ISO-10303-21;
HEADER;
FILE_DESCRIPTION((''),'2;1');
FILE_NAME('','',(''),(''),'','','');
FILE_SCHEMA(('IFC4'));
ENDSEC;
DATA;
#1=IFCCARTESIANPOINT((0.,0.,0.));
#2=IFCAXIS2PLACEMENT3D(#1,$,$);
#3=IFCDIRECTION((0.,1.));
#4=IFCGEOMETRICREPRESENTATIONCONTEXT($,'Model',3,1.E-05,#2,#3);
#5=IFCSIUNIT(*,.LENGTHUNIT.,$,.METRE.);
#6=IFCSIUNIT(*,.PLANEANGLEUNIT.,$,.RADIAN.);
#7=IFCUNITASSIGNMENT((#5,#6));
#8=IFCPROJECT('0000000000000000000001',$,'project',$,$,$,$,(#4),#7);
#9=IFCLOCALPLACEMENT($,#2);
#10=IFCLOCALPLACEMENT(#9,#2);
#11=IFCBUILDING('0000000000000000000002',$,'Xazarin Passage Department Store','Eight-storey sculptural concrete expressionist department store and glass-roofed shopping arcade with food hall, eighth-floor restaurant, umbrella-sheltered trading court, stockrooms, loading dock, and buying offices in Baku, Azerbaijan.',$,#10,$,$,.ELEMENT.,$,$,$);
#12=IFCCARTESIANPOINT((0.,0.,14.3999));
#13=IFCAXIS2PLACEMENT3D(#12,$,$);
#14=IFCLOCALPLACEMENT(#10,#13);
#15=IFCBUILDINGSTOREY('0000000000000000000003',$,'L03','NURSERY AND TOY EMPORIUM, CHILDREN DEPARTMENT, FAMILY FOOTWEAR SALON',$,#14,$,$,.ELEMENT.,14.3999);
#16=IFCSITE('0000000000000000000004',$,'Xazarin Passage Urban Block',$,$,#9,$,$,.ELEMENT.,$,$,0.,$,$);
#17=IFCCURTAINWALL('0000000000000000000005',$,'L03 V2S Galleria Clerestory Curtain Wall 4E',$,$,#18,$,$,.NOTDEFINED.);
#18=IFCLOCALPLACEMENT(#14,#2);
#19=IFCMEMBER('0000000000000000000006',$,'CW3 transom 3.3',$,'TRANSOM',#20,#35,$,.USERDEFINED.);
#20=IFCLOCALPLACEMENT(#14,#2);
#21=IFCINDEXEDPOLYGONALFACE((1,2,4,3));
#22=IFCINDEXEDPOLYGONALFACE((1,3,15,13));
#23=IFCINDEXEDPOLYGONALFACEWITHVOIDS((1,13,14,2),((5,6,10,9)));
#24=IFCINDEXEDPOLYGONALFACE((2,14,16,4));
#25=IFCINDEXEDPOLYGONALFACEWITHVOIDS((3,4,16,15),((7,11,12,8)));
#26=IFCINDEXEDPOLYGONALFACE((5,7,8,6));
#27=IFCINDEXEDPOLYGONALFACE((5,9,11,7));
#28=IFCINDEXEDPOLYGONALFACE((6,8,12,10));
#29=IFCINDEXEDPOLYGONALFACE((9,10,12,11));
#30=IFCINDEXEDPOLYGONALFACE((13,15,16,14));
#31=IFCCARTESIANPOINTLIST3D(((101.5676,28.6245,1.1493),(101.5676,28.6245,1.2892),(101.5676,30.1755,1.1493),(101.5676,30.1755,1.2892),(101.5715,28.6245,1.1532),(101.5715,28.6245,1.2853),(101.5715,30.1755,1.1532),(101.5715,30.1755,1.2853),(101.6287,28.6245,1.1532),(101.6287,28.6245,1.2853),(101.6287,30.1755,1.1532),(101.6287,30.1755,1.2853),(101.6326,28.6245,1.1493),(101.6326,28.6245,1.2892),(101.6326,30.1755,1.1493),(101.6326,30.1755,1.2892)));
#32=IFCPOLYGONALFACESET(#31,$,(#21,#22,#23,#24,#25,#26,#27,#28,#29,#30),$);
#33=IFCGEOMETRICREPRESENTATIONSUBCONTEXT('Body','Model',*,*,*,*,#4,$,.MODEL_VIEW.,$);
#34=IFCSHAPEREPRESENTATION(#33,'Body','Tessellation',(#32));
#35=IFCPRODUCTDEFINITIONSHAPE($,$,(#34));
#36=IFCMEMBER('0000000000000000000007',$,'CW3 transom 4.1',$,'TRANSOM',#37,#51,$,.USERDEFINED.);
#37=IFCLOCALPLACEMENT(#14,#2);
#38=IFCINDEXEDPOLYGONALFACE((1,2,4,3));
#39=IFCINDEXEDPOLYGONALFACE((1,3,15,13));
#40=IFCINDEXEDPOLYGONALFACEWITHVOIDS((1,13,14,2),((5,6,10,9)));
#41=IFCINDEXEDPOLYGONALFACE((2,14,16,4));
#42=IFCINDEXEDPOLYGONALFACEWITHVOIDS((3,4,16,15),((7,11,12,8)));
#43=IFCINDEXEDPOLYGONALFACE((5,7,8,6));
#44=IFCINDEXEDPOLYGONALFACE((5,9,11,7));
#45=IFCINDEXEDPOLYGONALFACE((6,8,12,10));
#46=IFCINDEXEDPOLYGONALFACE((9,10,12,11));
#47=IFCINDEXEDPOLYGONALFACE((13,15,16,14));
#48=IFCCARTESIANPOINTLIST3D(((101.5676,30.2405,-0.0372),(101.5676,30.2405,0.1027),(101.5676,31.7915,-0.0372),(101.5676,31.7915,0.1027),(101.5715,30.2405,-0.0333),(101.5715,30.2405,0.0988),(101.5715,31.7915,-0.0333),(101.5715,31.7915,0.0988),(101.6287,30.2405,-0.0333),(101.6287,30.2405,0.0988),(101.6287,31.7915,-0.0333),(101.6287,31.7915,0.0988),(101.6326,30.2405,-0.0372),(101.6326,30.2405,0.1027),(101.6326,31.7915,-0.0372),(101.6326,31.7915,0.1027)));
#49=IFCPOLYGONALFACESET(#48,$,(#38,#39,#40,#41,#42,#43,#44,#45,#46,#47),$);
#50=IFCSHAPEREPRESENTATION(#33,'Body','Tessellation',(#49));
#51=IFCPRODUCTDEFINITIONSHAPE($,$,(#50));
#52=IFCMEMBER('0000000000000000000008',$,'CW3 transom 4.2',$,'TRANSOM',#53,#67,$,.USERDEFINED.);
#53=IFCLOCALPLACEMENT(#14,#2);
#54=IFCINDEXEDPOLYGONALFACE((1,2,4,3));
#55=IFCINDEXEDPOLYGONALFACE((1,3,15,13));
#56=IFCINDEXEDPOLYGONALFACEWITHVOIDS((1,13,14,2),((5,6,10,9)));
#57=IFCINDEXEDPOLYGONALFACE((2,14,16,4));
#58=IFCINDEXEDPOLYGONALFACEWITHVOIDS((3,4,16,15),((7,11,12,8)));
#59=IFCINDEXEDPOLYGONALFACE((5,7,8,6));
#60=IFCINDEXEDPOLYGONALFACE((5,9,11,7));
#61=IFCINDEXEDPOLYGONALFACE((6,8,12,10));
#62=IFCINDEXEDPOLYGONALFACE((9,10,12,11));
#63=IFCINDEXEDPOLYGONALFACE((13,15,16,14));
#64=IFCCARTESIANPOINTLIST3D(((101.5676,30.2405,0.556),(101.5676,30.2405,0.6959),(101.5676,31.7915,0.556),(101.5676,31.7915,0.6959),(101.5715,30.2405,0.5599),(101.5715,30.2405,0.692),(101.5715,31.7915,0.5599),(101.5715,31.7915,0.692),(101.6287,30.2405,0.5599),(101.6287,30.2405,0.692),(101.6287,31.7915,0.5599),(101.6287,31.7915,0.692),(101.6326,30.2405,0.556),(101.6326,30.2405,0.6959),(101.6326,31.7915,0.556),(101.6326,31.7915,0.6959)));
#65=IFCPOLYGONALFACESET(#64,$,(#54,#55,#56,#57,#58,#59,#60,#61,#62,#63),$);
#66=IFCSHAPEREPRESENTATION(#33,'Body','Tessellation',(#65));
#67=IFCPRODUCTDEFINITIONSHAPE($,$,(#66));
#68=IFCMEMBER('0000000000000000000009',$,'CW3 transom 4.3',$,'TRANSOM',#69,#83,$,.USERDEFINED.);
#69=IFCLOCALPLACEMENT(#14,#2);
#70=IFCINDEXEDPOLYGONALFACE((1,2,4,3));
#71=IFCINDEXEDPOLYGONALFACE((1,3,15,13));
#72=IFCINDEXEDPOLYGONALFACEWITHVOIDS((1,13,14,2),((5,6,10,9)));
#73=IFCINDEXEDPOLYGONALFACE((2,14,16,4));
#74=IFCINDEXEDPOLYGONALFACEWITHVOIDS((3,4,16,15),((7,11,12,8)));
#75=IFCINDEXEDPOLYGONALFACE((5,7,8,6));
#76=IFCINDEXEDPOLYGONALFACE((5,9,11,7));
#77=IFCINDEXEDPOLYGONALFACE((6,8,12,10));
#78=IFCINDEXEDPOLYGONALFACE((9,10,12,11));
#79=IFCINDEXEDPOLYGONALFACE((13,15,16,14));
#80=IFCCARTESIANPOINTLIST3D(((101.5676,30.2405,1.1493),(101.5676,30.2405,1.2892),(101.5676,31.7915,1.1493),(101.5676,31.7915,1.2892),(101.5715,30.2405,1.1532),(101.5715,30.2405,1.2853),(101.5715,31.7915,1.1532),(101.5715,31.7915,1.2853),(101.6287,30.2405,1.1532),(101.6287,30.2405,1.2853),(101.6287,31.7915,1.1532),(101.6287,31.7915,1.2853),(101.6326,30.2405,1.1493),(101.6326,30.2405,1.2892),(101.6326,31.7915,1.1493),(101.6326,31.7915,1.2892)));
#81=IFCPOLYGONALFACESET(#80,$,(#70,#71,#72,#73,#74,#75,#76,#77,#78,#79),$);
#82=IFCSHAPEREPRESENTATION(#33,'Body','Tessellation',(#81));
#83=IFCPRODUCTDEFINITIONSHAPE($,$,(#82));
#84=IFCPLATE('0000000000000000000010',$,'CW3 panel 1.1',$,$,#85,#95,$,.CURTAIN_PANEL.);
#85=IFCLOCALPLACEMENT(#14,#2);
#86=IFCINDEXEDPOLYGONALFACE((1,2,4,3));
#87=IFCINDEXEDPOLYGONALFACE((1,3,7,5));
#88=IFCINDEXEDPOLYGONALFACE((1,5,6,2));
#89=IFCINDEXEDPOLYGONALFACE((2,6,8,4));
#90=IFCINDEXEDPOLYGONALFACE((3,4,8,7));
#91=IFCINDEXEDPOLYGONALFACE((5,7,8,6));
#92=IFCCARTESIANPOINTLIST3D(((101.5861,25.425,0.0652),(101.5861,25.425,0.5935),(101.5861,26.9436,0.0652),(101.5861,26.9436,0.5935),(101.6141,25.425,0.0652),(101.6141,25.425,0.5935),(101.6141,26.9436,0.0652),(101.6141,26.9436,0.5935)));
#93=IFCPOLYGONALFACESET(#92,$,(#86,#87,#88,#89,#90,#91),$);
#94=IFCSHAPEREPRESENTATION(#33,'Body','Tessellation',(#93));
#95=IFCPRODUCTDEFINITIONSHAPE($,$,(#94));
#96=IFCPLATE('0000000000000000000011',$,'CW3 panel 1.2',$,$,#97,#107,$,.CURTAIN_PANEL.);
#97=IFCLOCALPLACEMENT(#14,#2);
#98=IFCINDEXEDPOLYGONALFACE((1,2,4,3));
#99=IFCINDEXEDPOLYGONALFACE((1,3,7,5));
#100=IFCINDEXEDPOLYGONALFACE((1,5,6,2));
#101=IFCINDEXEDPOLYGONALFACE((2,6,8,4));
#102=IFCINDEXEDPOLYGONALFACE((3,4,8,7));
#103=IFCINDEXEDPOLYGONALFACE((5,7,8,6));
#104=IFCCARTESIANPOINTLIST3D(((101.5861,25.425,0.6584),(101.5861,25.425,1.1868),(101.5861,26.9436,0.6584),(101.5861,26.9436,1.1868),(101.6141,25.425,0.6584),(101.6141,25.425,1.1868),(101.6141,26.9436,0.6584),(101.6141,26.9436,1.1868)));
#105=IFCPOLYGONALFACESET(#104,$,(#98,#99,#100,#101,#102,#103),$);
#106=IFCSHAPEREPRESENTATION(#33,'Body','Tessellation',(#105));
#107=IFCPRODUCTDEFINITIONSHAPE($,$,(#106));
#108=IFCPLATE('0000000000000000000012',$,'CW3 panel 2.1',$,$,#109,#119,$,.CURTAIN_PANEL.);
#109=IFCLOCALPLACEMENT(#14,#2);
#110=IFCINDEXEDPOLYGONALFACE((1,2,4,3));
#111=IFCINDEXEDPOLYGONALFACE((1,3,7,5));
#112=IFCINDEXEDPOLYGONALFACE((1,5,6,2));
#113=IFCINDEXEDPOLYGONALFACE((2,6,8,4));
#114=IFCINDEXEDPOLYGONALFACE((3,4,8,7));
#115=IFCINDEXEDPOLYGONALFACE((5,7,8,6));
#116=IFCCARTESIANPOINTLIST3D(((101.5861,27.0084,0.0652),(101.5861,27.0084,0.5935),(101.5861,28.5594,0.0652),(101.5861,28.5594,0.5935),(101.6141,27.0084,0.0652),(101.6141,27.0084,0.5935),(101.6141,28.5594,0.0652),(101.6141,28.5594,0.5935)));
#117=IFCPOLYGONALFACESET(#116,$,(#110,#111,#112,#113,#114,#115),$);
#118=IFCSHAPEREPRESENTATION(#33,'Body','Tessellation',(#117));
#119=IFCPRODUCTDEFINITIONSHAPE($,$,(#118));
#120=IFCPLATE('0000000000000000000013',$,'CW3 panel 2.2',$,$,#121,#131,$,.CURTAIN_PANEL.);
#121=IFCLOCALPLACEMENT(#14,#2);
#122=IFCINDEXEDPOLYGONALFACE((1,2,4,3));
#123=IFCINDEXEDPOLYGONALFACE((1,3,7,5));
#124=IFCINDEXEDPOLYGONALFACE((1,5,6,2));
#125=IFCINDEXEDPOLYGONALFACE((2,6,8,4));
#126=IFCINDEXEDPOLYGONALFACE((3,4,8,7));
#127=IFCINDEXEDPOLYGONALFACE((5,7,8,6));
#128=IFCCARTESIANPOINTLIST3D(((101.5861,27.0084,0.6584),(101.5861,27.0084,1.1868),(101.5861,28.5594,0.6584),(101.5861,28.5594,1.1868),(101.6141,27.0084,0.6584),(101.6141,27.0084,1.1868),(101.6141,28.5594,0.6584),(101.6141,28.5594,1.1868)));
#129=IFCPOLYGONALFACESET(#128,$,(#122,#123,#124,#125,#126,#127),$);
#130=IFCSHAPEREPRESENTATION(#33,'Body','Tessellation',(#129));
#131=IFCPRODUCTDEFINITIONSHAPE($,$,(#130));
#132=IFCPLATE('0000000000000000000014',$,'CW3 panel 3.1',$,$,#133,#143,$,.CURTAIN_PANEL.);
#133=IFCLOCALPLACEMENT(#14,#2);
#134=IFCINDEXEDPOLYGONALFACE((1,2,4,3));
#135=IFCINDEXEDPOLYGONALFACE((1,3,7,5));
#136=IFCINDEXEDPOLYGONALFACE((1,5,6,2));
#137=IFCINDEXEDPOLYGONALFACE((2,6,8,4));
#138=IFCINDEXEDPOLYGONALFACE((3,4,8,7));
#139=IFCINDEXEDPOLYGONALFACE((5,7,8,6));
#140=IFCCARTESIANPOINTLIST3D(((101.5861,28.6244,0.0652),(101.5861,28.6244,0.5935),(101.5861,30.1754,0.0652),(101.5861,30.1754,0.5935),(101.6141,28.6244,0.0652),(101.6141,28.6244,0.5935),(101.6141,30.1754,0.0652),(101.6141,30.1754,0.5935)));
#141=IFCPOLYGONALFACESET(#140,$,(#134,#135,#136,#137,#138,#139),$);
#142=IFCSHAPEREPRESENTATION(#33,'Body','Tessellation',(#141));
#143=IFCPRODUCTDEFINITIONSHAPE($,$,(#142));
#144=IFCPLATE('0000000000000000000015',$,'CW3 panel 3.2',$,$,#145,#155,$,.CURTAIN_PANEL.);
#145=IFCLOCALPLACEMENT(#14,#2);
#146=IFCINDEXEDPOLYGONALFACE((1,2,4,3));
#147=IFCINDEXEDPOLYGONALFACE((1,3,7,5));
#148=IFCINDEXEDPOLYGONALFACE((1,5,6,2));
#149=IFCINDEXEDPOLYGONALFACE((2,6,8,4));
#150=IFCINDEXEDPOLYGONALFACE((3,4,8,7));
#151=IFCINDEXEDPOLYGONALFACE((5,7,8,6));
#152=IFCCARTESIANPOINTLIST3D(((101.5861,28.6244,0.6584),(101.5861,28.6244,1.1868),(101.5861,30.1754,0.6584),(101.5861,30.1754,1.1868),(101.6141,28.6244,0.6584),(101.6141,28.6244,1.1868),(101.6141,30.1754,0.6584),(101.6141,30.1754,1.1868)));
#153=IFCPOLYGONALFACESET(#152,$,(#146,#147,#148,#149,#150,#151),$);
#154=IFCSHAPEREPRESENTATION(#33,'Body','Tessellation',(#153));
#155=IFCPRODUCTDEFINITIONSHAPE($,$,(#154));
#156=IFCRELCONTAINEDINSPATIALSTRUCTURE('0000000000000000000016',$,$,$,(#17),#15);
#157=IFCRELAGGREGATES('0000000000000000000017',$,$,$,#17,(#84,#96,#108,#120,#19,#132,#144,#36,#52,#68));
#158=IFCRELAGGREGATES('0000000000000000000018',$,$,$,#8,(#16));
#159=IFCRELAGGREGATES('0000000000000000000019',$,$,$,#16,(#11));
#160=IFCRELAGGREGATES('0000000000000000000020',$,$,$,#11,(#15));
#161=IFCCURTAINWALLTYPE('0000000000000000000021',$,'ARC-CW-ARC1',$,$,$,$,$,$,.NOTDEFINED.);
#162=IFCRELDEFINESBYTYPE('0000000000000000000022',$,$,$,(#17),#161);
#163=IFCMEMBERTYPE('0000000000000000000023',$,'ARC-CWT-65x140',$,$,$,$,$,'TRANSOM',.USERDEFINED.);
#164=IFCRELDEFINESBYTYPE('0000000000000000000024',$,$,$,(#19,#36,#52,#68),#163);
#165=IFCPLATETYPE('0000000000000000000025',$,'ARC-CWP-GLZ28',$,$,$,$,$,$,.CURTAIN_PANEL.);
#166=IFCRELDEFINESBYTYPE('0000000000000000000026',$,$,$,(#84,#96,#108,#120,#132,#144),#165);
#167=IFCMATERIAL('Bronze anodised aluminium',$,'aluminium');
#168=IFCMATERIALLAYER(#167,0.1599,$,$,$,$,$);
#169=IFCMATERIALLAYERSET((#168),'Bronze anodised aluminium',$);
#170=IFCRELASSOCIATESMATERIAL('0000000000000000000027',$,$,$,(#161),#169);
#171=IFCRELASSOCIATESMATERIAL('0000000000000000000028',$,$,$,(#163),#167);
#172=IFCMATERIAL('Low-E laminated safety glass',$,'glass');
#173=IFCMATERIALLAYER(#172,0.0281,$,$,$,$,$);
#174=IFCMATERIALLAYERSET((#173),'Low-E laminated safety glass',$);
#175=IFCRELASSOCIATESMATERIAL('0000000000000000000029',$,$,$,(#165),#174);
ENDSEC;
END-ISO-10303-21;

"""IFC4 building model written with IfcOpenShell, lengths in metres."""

from ifc_helpers import new_model, si_unit, direction, frame, origin, origin_2d, place, context, subcontext, project, spatial, rectangle, hollow_rectangle, extrude, material, layer, layer_set, material_profile, profile_set, type_object, element, aggregate, save


model = new_model("IFC4")

# Units and contexts
model_context = context("Model", 3, precision=1e-05, world=origin(), true_north=direction((0.0, 1.0)))
body_context = subcontext(model_context, "Body", "Model", "MODEL_VIEW")
ifc_project = project(units=[si_unit("LENGTHUNIT", "METRE"), si_unit("PLANEANGLEUNIT", "RADIAN")], contexts=[model_context])

# Site, building, storey
site_placement = place(None, origin())
site = spatial("IfcSite", under=ifc_project, at=site_placement, Name="Xazarin Passage Urban Block", CompositionType="ELEMENT", RefElevation=0.0)
building_placement = place(site_placement, origin())
building = spatial("IfcBuilding", under=site, at=building_placement, Name="Xazarin Passage Department Store", Description="Eight-storey sculptural concrete expressionist department store and glass-roofed shopping arcade with food hall, eighth-floor restaurant, umbrella-sheltered trading court, stockrooms, loading dock, and buying offices in Baku, Azerbaijan.", CompositionType="ELEMENT")
storey_placement = place(building_placement, frame((0.0, 0.0, 14.3999)))
storey = spatial("IfcBuildingStorey", under=building, at=storey_placement, Name="L03", Description="NURSERY AND TOY EMPORIUM, CHILDREN DEPARTMENT, FAMILY FOOTWEAR SALON", CompositionType="ELEMENT", Elevation=14.3999)

# Curtain wall, members, plates
ifc_material_1 = material(Name="Bronze anodised aluminium", Category="aluminium")
ifc_layer_1 = layer(ifc_material_1, 0.1599)
ifc_layer_set_1 = layer_set([ifc_layer_1], Name="Bronze anodised aluminium")
curtain_wall_type = type_object("IfcCurtainWallType", Name="ARC-CW-ARC1", PredefinedType="NOTDEFINED", material=ifc_layer_set_1)
curtain_wall_placement = place(storey_placement, origin())
curtain_wall = element("IfcCurtainWall", 1, at=curtain_wall_placement, inside=storey, type_object=curtain_wall_type, Name="L03 V2S Galleria Clerestory Curtain Wall 4E", PredefinedType="NOTDEFINED")
ifc_material_profile_1 = material_profile(ifc_material_1, hollow_rectangle(XDim=0.0649, YDim=0.1399, WallThickness=0.0039, at=origin_2d()), Name="ALU 65x140")
ifc_profile_set_1 = profile_set([ifc_material_profile_1], Name="Bronze anodised aluminium")
member_type_1 = type_object("IfcMemberType", Name="ARC-CWT-65x140", ElementType="TRANSOM", PredefinedType="USERDEFINED", material=ifc_profile_set_1)
member_1_placement = place(storey_placement, frame((101.6001, 28.6245, 1.2192), z_axis=(0.0, 1.0, 0.0), x_axis=(-1.0, 0.0, 0.0)))
member_1 = element("IfcMember", 2, at=member_1_placement, type_object=member_type_1, Name="CW3 transom 3.3", ObjectType="TRANSOM", PredefinedType="USERDEFINED", context=body_context, shape_type="SweptSolid", body=[
    extrude(hollow_rectangle(XDim=0.0649, YDim=0.1399, WallThickness=0.0039, at=origin_2d()), origin(), (0.0, 0.0, 1.0), 1.551),
])
member_2_placement = place(storey_placement, frame((101.6001, 30.2405, 0.0327), z_axis=(0.0, 1.0, 0.0), x_axis=(-1.0, 0.0, 0.0)))
member_2 = element("IfcMember", 3, at=member_2_placement, type_object=member_type_1, Name="CW3 transom 4.1", ObjectType="TRANSOM", PredefinedType="USERDEFINED", context=body_context, shape_type="SweptSolid", body=[
    extrude(hollow_rectangle(XDim=0.0649, YDim=0.1399, WallThickness=0.0039, at=origin_2d()), origin(), (0.0, 0.0, 1.0), 1.551),
])
member_3_placement = place(storey_placement, frame((101.6001, 30.2405, 0.626), z_axis=(0.0, 1.0, 0.0), x_axis=(-1.0, 0.0, 0.0)))
member_3 = element("IfcMember", 4, at=member_3_placement, type_object=member_type_1, Name="CW3 transom 4.2", ObjectType="TRANSOM", PredefinedType="USERDEFINED", context=body_context, shape_type="SweptSolid", body=[
    extrude(hollow_rectangle(XDim=0.0649, YDim=0.1399, WallThickness=0.0039, at=origin_2d()), origin(), (0.0, 0.0, 1.0), 1.551),
])
member_4_placement = place(storey_placement, frame((101.6001, 30.2405, 1.2192), z_axis=(0.0, 1.0, 0.0), x_axis=(-1.0, 0.0, 0.0)))
member_4 = element("IfcMember", 5, at=member_4_placement, type_object=member_type_1, Name="CW3 transom 4.3", ObjectType="TRANSOM", PredefinedType="USERDEFINED", context=body_context, shape_type="SweptSolid", body=[
    extrude(hollow_rectangle(XDim=0.0649, YDim=0.1399, WallThickness=0.0039, at=origin_2d()), origin(), (0.0, 0.0, 1.0), 1.551),
])
ifc_material_2 = material(Name="Low-E laminated safety glass", Category="glass")
ifc_layer_2 = layer(ifc_material_2, 0.0281)
ifc_layer_set_2 = layer_set([ifc_layer_2], Name="Low-E laminated safety glass")
plate_type = type_object("IfcPlateType", Name="ARC-CWP-GLZ28", PredefinedType="CURTAIN_PANEL", material=ifc_layer_set_2)
plate_1_placement = place(storey_placement, frame((101.6001, 26.1843, 0.0652), z_axis=(0.0, 0.0, 1.0), x_axis=(0.0, 1.0, 0.0)))
plate_1 = element("IfcPlate", 6, at=plate_1_placement, type_object=plate_type, Name="CW3 panel 1.1", PredefinedType="CURTAIN_PANEL", context=body_context, shape_type="SweptSolid", body=[
    extrude(rectangle(XDim=1.5186, YDim=0.0281, at=origin_2d()), origin(), (0.0, 0.0, 1.0), 0.5283),
])
plate_2_placement = place(storey_placement, frame((101.6001, 26.1843, 0.6584), z_axis=(0.0, 0.0, 1.0), x_axis=(0.0, 1.0, 0.0)))
plate_2 = element("IfcPlate", 7, at=plate_2_placement, type_object=plate_type, Name="CW3 panel 1.2", PredefinedType="CURTAIN_PANEL", context=body_context, shape_type="SweptSolid", body=[
    extrude(rectangle(XDim=1.5186, YDim=0.0281, at=origin_2d()), origin(), (0.0, 0.0, 1.0), 0.5283),
])
plate_3_placement = place(storey_placement, frame((101.6001, 27.7839, 0.0652), z_axis=(0.0, 0.0, 1.0), x_axis=(0.0, 1.0, 0.0)))
plate_3 = element("IfcPlate", 8, at=plate_3_placement, type_object=plate_type, Name="CW3 panel 2.1", PredefinedType="CURTAIN_PANEL", context=body_context, shape_type="SweptSolid", body=[
    extrude(rectangle(XDim=1.551, YDim=0.0281, at=origin_2d()), origin(), (0.0, 0.0, 1.0), 0.5283),
])
plate_4_placement = place(storey_placement, frame((101.6001, 27.7839, 0.6584), z_axis=(0.0, 0.0, 1.0), x_axis=(0.0, 1.0, 0.0)))
plate_4 = element("IfcPlate", 9, at=plate_4_placement, type_object=plate_type, Name="CW3 panel 2.2", PredefinedType="CURTAIN_PANEL", context=body_context, shape_type="SweptSolid", body=[
    extrude(rectangle(XDim=1.551, YDim=0.0281, at=origin_2d()), origin(), (0.0, 0.0, 1.0), 0.5283),
])
plate_5_placement = place(storey_placement, frame((101.6001, 29.3999, 0.0652), z_axis=(0.0, 0.0, 1.0), x_axis=(0.0, 1.0, 0.0)))
plate_5 = element("IfcPlate", 10, at=plate_5_placement, type_object=plate_type, Name="CW3 panel 3.1", PredefinedType="CURTAIN_PANEL", context=body_context, shape_type="SweptSolid", body=[
    extrude(rectangle(XDim=1.551, YDim=0.0281, at=origin_2d()), origin(), (0.0, 0.0, 1.0), 0.5283),
])
plate_6_placement = place(storey_placement, frame((101.6001, 29.3999, 0.6584), z_axis=(0.0, 0.0, 1.0), x_axis=(0.0, 1.0, 0.0)))
plate_6 = element("IfcPlate", 11, at=plate_6_placement, type_object=plate_type, Name="CW3 panel 3.2", PredefinedType="CURTAIN_PANEL", context=body_context, shape_type="SweptSolid", body=[
    extrude(rectangle(XDim=1.551, YDim=0.0281, at=origin_2d()), origin(), (0.0, 0.0, 1.0), 0.5283),
])
aggregate(curtain_wall, [plate_1, plate_2, plate_3, plate_4, member_1, plate_5, plate_6, member_2, member_3, member_4])

save(model, "model.ifc")
